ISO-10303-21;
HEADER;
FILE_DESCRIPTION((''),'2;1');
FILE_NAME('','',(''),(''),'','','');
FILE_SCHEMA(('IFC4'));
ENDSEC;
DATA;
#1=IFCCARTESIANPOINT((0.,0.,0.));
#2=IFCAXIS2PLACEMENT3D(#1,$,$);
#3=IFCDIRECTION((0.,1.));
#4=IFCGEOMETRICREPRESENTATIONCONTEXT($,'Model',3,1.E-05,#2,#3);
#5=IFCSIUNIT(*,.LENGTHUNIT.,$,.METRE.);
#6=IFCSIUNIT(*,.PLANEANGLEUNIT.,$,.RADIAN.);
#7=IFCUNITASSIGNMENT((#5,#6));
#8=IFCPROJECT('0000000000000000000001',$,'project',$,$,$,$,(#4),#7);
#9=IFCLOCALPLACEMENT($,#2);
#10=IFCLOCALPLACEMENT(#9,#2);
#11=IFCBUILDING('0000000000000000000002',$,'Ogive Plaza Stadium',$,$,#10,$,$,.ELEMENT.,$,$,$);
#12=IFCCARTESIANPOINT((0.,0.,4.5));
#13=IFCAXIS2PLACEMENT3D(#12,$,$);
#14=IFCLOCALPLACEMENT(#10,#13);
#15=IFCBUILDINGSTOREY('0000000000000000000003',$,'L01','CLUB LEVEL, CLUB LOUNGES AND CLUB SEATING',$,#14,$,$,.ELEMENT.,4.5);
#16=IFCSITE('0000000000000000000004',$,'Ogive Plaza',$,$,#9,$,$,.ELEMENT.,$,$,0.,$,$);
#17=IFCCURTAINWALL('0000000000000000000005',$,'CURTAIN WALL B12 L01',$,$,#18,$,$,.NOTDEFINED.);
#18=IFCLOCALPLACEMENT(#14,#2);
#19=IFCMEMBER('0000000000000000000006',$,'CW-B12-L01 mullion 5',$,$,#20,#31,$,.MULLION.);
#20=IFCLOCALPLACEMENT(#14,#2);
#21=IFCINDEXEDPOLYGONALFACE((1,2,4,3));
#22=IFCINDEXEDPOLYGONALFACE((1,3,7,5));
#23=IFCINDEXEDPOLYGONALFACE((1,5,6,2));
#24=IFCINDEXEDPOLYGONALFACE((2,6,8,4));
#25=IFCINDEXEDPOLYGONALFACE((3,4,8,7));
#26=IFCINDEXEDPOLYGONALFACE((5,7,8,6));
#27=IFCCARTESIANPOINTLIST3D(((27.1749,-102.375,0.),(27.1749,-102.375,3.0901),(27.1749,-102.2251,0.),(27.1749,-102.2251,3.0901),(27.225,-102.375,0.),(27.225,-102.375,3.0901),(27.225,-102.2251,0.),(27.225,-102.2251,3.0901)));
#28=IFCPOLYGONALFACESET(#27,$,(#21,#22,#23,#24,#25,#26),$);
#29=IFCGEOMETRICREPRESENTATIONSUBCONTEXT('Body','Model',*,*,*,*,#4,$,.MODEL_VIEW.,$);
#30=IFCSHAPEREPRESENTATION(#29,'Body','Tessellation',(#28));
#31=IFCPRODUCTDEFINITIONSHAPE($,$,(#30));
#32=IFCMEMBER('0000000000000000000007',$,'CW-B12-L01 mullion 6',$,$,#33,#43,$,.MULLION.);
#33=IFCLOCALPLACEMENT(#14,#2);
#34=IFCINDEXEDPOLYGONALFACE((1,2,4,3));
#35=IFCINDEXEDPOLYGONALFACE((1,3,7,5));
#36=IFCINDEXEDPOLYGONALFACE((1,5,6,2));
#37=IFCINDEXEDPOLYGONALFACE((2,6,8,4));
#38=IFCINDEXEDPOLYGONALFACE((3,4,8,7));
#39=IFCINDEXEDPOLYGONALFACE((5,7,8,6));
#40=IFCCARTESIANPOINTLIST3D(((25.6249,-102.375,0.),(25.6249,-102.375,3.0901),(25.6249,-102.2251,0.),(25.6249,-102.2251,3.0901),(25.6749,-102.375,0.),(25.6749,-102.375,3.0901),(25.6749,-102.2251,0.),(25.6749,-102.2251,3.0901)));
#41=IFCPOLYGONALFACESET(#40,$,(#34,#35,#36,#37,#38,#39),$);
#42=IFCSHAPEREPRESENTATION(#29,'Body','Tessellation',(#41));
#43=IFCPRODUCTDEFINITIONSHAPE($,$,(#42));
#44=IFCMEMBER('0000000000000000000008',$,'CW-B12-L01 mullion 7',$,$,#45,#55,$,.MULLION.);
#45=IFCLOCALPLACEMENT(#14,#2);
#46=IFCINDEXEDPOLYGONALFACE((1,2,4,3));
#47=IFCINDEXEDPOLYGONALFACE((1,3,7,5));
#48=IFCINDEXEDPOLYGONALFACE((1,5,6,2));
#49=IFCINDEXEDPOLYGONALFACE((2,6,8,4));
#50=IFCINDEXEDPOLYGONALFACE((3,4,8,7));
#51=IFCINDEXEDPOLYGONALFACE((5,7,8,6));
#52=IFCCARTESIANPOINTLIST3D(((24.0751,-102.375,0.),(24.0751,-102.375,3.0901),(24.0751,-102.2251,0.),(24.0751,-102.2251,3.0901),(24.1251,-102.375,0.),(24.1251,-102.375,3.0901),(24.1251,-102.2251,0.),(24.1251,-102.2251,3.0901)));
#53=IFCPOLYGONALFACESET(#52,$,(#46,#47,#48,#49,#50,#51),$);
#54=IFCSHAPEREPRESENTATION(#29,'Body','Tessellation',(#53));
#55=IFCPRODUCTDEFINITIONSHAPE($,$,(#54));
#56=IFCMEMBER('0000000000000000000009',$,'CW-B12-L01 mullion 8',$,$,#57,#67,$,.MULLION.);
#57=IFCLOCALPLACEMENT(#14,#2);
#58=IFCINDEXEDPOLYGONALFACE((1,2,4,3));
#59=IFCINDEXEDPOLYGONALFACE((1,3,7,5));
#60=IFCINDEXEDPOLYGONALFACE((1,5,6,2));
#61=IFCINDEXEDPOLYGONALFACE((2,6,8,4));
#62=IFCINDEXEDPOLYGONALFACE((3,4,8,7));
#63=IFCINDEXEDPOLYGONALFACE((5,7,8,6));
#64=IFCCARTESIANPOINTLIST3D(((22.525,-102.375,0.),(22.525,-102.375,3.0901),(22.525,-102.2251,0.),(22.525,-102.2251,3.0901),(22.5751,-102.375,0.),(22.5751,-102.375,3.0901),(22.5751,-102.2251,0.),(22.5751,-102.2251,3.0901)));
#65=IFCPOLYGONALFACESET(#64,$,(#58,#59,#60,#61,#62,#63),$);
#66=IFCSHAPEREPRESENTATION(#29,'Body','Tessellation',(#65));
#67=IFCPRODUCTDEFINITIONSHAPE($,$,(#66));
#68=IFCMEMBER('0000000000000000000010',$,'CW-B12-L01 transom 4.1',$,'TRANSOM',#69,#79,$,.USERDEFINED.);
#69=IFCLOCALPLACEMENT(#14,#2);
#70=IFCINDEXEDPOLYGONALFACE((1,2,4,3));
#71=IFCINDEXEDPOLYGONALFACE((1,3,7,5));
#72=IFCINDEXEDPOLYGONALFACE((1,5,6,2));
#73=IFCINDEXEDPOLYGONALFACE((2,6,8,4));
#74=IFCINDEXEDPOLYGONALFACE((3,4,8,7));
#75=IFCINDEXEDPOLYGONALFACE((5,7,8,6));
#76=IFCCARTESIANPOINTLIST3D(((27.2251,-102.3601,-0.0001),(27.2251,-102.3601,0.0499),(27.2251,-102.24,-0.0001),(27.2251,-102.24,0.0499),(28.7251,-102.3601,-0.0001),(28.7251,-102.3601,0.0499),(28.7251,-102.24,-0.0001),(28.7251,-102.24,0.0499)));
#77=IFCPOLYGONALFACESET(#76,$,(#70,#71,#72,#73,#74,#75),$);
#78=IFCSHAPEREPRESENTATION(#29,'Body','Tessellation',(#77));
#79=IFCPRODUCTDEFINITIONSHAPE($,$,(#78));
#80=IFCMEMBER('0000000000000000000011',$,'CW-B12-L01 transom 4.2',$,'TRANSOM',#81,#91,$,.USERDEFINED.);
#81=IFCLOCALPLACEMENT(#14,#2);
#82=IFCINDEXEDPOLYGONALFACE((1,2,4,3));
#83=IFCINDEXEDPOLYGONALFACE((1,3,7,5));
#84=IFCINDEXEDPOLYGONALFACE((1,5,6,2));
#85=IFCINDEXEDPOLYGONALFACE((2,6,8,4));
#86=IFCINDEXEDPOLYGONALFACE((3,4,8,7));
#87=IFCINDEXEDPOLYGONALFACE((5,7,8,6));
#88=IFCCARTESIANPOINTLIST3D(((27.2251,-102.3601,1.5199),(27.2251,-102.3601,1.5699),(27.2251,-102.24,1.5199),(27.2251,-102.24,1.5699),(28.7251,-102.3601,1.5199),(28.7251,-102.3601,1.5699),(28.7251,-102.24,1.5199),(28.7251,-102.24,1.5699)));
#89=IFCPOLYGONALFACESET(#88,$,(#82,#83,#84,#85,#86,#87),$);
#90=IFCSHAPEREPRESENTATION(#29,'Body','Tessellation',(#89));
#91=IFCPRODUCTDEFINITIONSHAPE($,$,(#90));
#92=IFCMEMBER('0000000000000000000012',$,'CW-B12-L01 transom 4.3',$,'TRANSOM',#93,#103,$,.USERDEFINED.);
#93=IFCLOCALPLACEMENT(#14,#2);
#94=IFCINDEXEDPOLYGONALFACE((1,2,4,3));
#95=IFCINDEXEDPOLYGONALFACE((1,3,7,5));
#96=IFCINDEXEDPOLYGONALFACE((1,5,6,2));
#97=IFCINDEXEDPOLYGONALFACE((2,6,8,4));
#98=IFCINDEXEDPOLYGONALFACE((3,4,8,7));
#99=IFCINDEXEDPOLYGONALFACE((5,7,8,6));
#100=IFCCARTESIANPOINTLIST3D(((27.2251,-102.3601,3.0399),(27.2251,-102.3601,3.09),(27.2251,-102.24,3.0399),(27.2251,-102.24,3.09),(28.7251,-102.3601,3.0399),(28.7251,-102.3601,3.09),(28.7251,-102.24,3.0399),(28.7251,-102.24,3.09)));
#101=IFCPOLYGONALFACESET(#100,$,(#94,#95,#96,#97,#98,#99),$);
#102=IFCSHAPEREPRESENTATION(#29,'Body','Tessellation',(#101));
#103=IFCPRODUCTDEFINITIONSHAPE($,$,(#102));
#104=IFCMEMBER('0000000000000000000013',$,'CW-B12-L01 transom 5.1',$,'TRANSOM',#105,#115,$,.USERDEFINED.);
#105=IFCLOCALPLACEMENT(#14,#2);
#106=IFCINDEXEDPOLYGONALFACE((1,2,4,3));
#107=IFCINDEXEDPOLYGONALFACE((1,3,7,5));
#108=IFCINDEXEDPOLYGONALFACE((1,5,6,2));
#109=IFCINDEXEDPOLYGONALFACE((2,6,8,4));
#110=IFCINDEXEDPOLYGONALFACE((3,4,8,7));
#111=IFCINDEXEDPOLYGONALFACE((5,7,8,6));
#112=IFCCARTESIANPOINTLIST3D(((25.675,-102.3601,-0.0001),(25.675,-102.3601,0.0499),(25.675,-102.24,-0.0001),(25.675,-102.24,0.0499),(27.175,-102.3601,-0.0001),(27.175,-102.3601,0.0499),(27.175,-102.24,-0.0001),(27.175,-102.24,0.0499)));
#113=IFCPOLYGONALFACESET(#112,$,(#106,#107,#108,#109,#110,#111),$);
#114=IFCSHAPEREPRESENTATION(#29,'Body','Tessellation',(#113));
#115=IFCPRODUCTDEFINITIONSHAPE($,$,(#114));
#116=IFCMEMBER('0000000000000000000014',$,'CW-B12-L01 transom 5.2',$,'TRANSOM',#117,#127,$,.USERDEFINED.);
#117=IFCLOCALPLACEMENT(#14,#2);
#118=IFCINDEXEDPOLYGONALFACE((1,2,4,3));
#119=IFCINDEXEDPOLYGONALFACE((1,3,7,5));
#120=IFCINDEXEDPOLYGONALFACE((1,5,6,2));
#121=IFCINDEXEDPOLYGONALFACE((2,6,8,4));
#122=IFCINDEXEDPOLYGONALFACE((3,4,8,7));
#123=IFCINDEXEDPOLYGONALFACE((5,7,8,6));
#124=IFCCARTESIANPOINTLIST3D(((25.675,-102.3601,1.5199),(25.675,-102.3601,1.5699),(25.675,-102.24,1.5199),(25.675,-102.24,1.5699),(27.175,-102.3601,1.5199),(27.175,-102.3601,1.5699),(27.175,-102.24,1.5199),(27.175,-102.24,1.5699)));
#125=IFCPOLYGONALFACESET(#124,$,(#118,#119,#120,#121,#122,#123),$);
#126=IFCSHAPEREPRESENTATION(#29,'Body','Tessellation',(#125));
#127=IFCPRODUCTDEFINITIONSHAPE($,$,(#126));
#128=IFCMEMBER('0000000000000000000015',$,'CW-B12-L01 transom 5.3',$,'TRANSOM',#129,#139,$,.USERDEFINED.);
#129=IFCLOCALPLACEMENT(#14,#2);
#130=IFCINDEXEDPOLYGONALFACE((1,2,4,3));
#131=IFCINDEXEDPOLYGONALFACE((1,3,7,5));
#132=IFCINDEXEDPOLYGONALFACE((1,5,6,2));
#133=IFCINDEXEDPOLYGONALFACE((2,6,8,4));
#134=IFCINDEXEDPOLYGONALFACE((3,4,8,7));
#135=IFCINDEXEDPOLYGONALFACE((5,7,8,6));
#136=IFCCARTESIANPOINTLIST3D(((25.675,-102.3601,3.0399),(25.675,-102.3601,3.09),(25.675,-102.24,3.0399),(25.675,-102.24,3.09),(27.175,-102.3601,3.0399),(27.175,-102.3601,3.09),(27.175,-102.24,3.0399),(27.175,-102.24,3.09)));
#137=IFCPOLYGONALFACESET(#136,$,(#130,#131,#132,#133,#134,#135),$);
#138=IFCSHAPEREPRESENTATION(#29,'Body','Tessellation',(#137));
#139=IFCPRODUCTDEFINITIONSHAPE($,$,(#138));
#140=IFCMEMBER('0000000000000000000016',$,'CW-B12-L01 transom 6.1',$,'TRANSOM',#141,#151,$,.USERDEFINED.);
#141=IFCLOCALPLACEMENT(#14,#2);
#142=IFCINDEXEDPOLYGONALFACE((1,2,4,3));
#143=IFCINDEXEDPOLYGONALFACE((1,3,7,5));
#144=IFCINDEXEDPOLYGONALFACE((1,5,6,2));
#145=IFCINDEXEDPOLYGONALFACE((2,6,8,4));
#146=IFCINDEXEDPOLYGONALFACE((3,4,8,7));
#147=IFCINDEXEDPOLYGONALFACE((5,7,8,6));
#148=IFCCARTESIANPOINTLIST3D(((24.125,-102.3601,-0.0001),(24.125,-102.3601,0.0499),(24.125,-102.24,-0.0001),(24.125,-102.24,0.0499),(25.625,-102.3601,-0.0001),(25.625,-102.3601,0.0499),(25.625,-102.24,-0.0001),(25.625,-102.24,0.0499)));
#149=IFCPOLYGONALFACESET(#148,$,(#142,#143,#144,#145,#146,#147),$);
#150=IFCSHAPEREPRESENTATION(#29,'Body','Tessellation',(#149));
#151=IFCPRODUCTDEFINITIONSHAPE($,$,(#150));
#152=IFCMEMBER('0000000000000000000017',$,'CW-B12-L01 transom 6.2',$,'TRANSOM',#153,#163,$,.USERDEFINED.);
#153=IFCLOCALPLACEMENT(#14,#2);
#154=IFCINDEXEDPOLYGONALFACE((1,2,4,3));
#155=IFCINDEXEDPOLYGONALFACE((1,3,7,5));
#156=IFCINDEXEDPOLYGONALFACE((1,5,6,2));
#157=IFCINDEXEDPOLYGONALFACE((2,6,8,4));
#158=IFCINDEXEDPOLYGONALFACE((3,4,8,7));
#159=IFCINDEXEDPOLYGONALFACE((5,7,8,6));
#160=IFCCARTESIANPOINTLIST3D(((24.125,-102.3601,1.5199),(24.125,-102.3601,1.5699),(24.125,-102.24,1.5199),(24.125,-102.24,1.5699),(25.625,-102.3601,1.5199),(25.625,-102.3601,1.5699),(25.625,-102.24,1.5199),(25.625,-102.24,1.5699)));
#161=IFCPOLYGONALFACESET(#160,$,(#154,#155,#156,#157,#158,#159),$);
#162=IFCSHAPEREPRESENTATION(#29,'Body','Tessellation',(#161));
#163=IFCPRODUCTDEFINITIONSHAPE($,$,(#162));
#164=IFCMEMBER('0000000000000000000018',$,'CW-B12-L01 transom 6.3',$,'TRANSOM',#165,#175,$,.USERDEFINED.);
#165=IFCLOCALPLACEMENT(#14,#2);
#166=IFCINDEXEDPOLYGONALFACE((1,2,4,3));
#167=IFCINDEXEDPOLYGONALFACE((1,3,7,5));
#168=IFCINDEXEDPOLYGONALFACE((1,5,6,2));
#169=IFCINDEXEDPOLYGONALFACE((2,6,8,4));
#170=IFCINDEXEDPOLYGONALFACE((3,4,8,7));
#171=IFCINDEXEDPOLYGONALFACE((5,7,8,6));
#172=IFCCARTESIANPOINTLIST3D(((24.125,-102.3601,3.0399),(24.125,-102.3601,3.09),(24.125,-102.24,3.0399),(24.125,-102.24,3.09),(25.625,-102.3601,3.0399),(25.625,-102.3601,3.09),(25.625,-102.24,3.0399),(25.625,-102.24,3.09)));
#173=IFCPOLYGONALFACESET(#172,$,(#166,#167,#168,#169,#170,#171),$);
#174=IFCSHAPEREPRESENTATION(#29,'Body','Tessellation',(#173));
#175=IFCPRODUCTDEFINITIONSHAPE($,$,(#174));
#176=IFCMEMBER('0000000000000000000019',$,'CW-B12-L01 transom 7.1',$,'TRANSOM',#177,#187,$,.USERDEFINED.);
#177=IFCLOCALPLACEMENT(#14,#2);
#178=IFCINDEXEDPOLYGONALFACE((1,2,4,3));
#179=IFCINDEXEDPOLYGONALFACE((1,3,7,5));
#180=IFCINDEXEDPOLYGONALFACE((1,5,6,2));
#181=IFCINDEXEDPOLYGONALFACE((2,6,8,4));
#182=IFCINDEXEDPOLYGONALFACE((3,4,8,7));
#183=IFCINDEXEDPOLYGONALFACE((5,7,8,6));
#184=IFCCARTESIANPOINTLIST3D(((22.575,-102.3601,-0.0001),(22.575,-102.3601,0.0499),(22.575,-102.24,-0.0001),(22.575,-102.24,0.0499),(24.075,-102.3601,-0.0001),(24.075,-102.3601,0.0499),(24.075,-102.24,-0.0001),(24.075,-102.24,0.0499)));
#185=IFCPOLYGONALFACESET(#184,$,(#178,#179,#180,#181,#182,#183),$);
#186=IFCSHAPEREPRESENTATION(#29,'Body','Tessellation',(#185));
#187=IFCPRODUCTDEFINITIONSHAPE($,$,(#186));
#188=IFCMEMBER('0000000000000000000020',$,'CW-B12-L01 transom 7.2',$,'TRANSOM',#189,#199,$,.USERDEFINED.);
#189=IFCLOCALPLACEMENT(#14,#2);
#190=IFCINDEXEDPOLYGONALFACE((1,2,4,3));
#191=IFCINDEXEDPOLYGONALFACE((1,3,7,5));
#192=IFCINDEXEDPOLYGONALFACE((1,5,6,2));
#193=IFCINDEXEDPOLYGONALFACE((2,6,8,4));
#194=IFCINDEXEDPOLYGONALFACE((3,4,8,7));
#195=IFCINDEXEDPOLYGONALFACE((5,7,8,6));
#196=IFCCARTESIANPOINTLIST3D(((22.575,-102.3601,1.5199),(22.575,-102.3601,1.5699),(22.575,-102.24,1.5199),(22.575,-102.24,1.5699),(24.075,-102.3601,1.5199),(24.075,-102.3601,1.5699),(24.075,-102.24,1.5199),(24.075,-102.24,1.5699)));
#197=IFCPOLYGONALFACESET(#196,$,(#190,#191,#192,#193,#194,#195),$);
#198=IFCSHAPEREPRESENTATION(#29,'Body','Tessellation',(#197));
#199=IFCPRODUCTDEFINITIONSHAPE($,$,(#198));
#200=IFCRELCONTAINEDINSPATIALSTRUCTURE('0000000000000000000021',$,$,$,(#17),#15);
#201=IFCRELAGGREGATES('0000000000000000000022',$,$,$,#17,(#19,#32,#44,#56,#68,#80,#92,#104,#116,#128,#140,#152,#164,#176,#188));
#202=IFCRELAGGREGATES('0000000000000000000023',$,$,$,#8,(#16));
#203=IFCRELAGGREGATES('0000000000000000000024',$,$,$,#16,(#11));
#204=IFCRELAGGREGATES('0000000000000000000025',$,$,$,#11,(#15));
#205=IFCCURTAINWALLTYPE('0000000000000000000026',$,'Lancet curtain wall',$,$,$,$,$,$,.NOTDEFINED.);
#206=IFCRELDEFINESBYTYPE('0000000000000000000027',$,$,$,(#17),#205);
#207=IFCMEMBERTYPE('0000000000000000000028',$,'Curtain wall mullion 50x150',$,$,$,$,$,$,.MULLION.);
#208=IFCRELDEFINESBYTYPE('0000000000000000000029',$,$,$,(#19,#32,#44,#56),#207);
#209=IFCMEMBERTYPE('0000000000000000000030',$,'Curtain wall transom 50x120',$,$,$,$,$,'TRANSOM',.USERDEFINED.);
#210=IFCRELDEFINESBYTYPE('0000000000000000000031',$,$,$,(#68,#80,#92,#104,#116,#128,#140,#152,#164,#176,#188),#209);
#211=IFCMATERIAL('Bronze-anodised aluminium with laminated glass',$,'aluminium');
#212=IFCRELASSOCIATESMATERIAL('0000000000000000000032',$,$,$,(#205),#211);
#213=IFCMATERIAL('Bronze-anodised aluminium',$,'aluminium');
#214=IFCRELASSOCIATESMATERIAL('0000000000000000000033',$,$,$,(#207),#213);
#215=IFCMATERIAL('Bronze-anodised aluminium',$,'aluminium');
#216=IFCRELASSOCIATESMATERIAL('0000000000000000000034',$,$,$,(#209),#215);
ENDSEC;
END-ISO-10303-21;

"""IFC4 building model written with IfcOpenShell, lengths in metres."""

from ifc_helpers import new_model, si_unit, direction, frame, origin, origin_2d, place, context, subcontext, project, spatial, rectangle, extrude, material, material_profile, profile_set, type_object, element, aggregate, save


model = new_model("IFC4")

# Units and contexts
model_context = context("Model", 3, precision=1e-05, world=origin(), true_north=direction((0.0, 1.0)))
body_context = subcontext(model_context, "Body", "Model", "MODEL_VIEW")
ifc_project = project(units=[si_unit("LENGTHUNIT", "METRE"), si_unit("PLANEANGLEUNIT", "RADIAN")], contexts=[model_context])

# Site, building, storey
site_placement = place(None, origin())
site = spatial("IfcSite", under=ifc_project, at=site_placement, Name="Ogive Plaza", CompositionType="ELEMENT", RefElevation=0.0)
building_placement = place(site_placement, origin())
building = spatial("IfcBuilding", under=site, at=building_placement, Name="Ogive Plaza Stadium", CompositionType="ELEMENT")
storey_placement = place(building_placement, frame((0.0, 0.0, 4.5)))
storey = spatial("IfcBuildingStorey", under=building, at=storey_placement, Name="L01", Description="CLUB LEVEL, CLUB LOUNGES AND CLUB SEATING", CompositionType="ELEMENT", Elevation=4.5)

# Curtain wall, members
ifc_material_1 = material(Name="Bronze-anodised aluminium with laminated glass", Category="aluminium")
curtain_wall_type = type_object("IfcCurtainWallType", Name="Lancet curtain wall", PredefinedType="NOTDEFINED", material=ifc_material_1)
curtain_wall_placement = place(storey_placement, origin())
curtain_wall = element("IfcCurtainWall", 1, at=curtain_wall_placement, inside=storey, type_object=curtain_wall_type, Name="CURTAIN WALL B12 L01", PredefinedType="NOTDEFINED")
ifc_material_2 = material(Name="Bronze-anodised aluminium", Category="aluminium")
ifc_material_profile_1 = material_profile(ifc_material_2, rectangle(XDim=0.1499, YDim=0.05, at=origin_2d()), Name="AL 150x50")
ifc_profile_set_1 = profile_set([ifc_material_profile_1], Name="Bronze-anodised aluminium")
member_type_1 = type_object("IfcMemberType", Name="Curtain wall mullion 50x150", PredefinedType="MULLION", material=ifc_profile_set_1)
member_1_placement = place(storey_placement, frame((27.2, -102.3, 0.0), z_axis=(0.0, 0.0, 1.0), x_axis=(0.0, -1.0, 0.0)))
member_1 = element("IfcMember", 2, at=member_1_placement, type_object=member_type_1, Name="CW-B12-L01 mullion 5", PredefinedType="MULLION", context=body_context, shape_type="SweptSolid", body=[
    extrude(rectangle(XDim=0.1499, YDim=0.05, at=origin_2d()), origin(), (0.0, 0.0, 1.0), 3.0901),
])
member_2_placement = place(storey_placement, frame((25.6499, -102.3, 0.0), z_axis=(0.0, 0.0, 1.0), x_axis=(0.0, -1.0, 0.0)))
member_2 = element("IfcMember", 3, at=member_2_placement, type_object=member_type_1, Name="CW-B12-L01 mullion 6", PredefinedType="MULLION", context=body_context, shape_type="SweptSolid", body=[
    extrude(rectangle(XDim=0.1499, YDim=0.05, at=origin_2d()), origin(), (0.0, 0.0, 1.0), 3.0901),
])
member_3_placement = place(storey_placement, frame((24.1001, -102.3, 0.0), z_axis=(0.0, 0.0, 1.0), x_axis=(0.0, -1.0, 0.0)))
member_3 = element("IfcMember", 4, at=member_3_placement, type_object=member_type_1, Name="CW-B12-L01 mullion 7", PredefinedType="MULLION", context=body_context, shape_type="SweptSolid", body=[
    extrude(rectangle(XDim=0.1499, YDim=0.05, at=origin_2d()), origin(), (0.0, 0.0, 1.0), 3.0901),
])
member_4_placement = place(storey_placement, frame((22.55, -102.3, 0.0), z_axis=(0.0, 0.0, 1.0), x_axis=(0.0, -1.0, 0.0)))
member_4 = element("IfcMember", 5, at=member_4_placement, type_object=member_type_1, Name="CW-B12-L01 mullion 8", PredefinedType="MULLION", context=body_context, shape_type="SweptSolid", body=[
    extrude(rectangle(XDim=0.1499, YDim=0.05, at=origin_2d()), origin(), (0.0, 0.0, 1.0), 3.0901),
])
ifc_material_3 = material(Name="Bronze-anodised aluminium", Category="aluminium")
ifc_material_profile_2 = material_profile(ifc_material_3, rectangle(XDim=0.1201, YDim=0.05, at=origin_2d()), Name="AL 120x50")
ifc_profile_set_2 = profile_set([ifc_material_profile_2], Name="Bronze-anodised aluminium")
member_type_2 = type_object("IfcMemberType", Name="Curtain wall transom 50x120", ElementType="TRANSOM", PredefinedType="USERDEFINED", material=ifc_profile_set_2)
member_5_placement = place(storey_placement, frame((28.7251, -102.3, 0.0249), z_axis=(-1.0, 0.0, 0.0), x_axis=(0.0, -1.0, 0.0)))
member_5 = element("IfcMember", 6, at=member_5_placement, type_object=member_type_2, Name="CW-B12-L01 transom 4.1", ObjectType="TRANSOM", PredefinedType="USERDEFINED", context=body_context, shape_type="SweptSolid", body=[
    extrude(rectangle(XDim=0.1201, YDim=0.05, at=origin_2d()), origin(), (0.0, 0.0, 1.0), 1.5),
])
member_6_placement = place(storey_placement, frame((28.7251, -102.3, 1.5449), z_axis=(-1.0, 0.0, 0.0), x_axis=(0.0, -1.0, 0.0)))
member_6 = element("IfcMember", 7, at=member_6_placement, type_object=member_type_2, Name="CW-B12-L01 transom 4.2", ObjectType="TRANSOM", PredefinedType="USERDEFINED", context=body_context, shape_type="SweptSolid", body=[
    extrude(rectangle(XDim=0.1201, YDim=0.05, at=origin_2d()), origin(), (0.0, 0.0, 1.0), 1.5),
])
member_7_placement = place(storey_placement, frame((28.7251, -102.3, 3.0649), z_axis=(-1.0, 0.0, 0.0), x_axis=(0.0, -1.0, 0.0)))
member_7 = element("IfcMember", 8, at=member_7_placement, type_object=member_type_2, Name="CW-B12-L01 transom 4.3", ObjectType="TRANSOM", PredefinedType="USERDEFINED", context=body_context, shape_type="SweptSolid", body=[
    extrude(rectangle(XDim=0.1201, YDim=0.05, at=origin_2d()), origin(), (0.0, 0.0, 1.0), 1.5),
])
member_8_placement = place(storey_placement, frame((27.175, -102.3, 0.0249), z_axis=(-1.0, 0.0, 0.0), x_axis=(0.0, -1.0, 0.0)))
member_8 = element("IfcMember", 9, at=member_8_placement, type_object=member_type_2, Name="CW-B12-L01 transom 5.1", ObjectType="TRANSOM", PredefinedType="USERDEFINED", context=body_context, shape_type="SweptSolid", body=[
    extrude(rectangle(XDim=0.1201, YDim=0.05, at=origin_2d()), origin(), (0.0, 0.0, 1.0), 1.5),
])
member_9_placement = place(storey_placement, frame((27.175, -102.3, 1.5449), z_axis=(-1.0, 0.0, 0.0), x_axis=(0.0, -1.0, 0.0)))
member_9 = element("IfcMember", 10, at=member_9_placement, type_object=member_type_2, Name="CW-B12-L01 transom 5.2", ObjectType="TRANSOM", PredefinedType="USERDEFINED", context=body_context, shape_type="SweptSolid", body=[
    extrude(rectangle(XDim=0.1201, YDim=0.05, at=origin_2d()), origin(), (0.0, 0.0, 1.0), 1.5),
])
member_10_placement = place(storey_placement, frame((27.175, -102.3, 3.0649), z_axis=(-1.0, 0.0, 0.0), x_axis=(0.0, -1.0, 0.0)))
member_10 = element("IfcMember", 11, at=member_10_placement, type_object=member_type_2, Name="CW-B12-L01 transom 5.3", ObjectType="TRANSOM", PredefinedType="USERDEFINED", context=body_context, shape_type="SweptSolid", body=[
    extrude(rectangle(XDim=0.1201, YDim=0.05, at=origin_2d()), origin(), (0.0, 0.0, 1.0), 1.5),
])
member_11_placement = place(storey_placement, frame((25.625, -102.3, 0.0249), z_axis=(-1.0, 0.0, 0.0), x_axis=(0.0, -1.0, 0.0)))
member_11 = element("IfcMember", 12, at=member_11_placement, type_object=member_type_2, Name="CW-B12-L01 transom 6.1", ObjectType="TRANSOM", PredefinedType="USERDEFINED", context=body_context, shape_type="SweptSolid", body=[
    extrude(rectangle(XDim=0.1201, YDim=0.05, at=origin_2d()), origin(), (0.0, 0.0, 1.0), 1.5),
])
member_12_placement = place(storey_placement, frame((25.625, -102.3, 1.5449), z_axis=(-1.0, 0.0, 0.0), x_axis=(0.0, -1.0, 0.0)))
member_12 = element("IfcMember", 13, at=member_12_placement, type_object=member_type_2, Name="CW-B12-L01 transom 6.2", ObjectType="TRANSOM", PredefinedType="USERDEFINED", context=body_context, shape_type="SweptSolid", body=[
    extrude(rectangle(XDim=0.1201, YDim=0.05, at=origin_2d()), origin(), (0.0, 0.0, 1.0), 1.5),
])
member_13_placement = place(storey_placement, frame((25.625, -102.3, 3.0649), z_axis=(-1.0, 0.0, 0.0), x_axis=(0.0, -1.0, 0.0)))
member_13 = element("IfcMember", 14, at=member_13_placement, type_object=member_type_2, Name="CW-B12-L01 transom 6.3", ObjectType="TRANSOM", PredefinedType="USERDEFINED", context=body_context, shape_type="SweptSolid", body=[
    extrude(rectangle(XDim=0.1201, YDim=0.05, at=origin_2d()), origin(), (0.0, 0.0, 1.0), 1.5),
])
member_14_placement = place(storey_placement, frame((24.075, -102.3, 0.0249), z_axis=(-1.0, 0.0, 0.0), x_axis=(0.0, -1.0, 0.0)))
member_14 = element("IfcMember", 15, at=member_14_placement, type_object=member_type_2, Name="CW-B12-L01 transom 7.1", ObjectType="TRANSOM", PredefinedType="USERDEFINED", context=body_context, shape_type="SweptSolid", body=[
    extrude(rectangle(XDim=0.1201, YDim=0.05, at=origin_2d()), origin(), (0.0, 0.0, 1.0), 1.5),
])
member_15_placement = place(storey_placement, frame((24.075, -102.3, 1.5449), z_axis=(-1.0, 0.0, 0.0), x_axis=(0.0, -1.0, 0.0)))
member_15 = element("IfcMember", 16, at=member_15_placement, type_object=member_type_2, Name="CW-B12-L01 transom 7.2", ObjectType="TRANSOM", PredefinedType="USERDEFINED", context=body_context, shape_type="SweptSolid", body=[
    extrude(rectangle(XDim=0.1201, YDim=0.05, at=origin_2d()), origin(), (0.0, 0.0, 1.0), 1.5),
])
aggregate(curtain_wall, [member_1, member_2, member_3, member_4, member_5, member_6, member_7, member_8, member_9, member_10, member_11, member_12, member_13, member_14, member_15])

save(model, "model.ifc")
